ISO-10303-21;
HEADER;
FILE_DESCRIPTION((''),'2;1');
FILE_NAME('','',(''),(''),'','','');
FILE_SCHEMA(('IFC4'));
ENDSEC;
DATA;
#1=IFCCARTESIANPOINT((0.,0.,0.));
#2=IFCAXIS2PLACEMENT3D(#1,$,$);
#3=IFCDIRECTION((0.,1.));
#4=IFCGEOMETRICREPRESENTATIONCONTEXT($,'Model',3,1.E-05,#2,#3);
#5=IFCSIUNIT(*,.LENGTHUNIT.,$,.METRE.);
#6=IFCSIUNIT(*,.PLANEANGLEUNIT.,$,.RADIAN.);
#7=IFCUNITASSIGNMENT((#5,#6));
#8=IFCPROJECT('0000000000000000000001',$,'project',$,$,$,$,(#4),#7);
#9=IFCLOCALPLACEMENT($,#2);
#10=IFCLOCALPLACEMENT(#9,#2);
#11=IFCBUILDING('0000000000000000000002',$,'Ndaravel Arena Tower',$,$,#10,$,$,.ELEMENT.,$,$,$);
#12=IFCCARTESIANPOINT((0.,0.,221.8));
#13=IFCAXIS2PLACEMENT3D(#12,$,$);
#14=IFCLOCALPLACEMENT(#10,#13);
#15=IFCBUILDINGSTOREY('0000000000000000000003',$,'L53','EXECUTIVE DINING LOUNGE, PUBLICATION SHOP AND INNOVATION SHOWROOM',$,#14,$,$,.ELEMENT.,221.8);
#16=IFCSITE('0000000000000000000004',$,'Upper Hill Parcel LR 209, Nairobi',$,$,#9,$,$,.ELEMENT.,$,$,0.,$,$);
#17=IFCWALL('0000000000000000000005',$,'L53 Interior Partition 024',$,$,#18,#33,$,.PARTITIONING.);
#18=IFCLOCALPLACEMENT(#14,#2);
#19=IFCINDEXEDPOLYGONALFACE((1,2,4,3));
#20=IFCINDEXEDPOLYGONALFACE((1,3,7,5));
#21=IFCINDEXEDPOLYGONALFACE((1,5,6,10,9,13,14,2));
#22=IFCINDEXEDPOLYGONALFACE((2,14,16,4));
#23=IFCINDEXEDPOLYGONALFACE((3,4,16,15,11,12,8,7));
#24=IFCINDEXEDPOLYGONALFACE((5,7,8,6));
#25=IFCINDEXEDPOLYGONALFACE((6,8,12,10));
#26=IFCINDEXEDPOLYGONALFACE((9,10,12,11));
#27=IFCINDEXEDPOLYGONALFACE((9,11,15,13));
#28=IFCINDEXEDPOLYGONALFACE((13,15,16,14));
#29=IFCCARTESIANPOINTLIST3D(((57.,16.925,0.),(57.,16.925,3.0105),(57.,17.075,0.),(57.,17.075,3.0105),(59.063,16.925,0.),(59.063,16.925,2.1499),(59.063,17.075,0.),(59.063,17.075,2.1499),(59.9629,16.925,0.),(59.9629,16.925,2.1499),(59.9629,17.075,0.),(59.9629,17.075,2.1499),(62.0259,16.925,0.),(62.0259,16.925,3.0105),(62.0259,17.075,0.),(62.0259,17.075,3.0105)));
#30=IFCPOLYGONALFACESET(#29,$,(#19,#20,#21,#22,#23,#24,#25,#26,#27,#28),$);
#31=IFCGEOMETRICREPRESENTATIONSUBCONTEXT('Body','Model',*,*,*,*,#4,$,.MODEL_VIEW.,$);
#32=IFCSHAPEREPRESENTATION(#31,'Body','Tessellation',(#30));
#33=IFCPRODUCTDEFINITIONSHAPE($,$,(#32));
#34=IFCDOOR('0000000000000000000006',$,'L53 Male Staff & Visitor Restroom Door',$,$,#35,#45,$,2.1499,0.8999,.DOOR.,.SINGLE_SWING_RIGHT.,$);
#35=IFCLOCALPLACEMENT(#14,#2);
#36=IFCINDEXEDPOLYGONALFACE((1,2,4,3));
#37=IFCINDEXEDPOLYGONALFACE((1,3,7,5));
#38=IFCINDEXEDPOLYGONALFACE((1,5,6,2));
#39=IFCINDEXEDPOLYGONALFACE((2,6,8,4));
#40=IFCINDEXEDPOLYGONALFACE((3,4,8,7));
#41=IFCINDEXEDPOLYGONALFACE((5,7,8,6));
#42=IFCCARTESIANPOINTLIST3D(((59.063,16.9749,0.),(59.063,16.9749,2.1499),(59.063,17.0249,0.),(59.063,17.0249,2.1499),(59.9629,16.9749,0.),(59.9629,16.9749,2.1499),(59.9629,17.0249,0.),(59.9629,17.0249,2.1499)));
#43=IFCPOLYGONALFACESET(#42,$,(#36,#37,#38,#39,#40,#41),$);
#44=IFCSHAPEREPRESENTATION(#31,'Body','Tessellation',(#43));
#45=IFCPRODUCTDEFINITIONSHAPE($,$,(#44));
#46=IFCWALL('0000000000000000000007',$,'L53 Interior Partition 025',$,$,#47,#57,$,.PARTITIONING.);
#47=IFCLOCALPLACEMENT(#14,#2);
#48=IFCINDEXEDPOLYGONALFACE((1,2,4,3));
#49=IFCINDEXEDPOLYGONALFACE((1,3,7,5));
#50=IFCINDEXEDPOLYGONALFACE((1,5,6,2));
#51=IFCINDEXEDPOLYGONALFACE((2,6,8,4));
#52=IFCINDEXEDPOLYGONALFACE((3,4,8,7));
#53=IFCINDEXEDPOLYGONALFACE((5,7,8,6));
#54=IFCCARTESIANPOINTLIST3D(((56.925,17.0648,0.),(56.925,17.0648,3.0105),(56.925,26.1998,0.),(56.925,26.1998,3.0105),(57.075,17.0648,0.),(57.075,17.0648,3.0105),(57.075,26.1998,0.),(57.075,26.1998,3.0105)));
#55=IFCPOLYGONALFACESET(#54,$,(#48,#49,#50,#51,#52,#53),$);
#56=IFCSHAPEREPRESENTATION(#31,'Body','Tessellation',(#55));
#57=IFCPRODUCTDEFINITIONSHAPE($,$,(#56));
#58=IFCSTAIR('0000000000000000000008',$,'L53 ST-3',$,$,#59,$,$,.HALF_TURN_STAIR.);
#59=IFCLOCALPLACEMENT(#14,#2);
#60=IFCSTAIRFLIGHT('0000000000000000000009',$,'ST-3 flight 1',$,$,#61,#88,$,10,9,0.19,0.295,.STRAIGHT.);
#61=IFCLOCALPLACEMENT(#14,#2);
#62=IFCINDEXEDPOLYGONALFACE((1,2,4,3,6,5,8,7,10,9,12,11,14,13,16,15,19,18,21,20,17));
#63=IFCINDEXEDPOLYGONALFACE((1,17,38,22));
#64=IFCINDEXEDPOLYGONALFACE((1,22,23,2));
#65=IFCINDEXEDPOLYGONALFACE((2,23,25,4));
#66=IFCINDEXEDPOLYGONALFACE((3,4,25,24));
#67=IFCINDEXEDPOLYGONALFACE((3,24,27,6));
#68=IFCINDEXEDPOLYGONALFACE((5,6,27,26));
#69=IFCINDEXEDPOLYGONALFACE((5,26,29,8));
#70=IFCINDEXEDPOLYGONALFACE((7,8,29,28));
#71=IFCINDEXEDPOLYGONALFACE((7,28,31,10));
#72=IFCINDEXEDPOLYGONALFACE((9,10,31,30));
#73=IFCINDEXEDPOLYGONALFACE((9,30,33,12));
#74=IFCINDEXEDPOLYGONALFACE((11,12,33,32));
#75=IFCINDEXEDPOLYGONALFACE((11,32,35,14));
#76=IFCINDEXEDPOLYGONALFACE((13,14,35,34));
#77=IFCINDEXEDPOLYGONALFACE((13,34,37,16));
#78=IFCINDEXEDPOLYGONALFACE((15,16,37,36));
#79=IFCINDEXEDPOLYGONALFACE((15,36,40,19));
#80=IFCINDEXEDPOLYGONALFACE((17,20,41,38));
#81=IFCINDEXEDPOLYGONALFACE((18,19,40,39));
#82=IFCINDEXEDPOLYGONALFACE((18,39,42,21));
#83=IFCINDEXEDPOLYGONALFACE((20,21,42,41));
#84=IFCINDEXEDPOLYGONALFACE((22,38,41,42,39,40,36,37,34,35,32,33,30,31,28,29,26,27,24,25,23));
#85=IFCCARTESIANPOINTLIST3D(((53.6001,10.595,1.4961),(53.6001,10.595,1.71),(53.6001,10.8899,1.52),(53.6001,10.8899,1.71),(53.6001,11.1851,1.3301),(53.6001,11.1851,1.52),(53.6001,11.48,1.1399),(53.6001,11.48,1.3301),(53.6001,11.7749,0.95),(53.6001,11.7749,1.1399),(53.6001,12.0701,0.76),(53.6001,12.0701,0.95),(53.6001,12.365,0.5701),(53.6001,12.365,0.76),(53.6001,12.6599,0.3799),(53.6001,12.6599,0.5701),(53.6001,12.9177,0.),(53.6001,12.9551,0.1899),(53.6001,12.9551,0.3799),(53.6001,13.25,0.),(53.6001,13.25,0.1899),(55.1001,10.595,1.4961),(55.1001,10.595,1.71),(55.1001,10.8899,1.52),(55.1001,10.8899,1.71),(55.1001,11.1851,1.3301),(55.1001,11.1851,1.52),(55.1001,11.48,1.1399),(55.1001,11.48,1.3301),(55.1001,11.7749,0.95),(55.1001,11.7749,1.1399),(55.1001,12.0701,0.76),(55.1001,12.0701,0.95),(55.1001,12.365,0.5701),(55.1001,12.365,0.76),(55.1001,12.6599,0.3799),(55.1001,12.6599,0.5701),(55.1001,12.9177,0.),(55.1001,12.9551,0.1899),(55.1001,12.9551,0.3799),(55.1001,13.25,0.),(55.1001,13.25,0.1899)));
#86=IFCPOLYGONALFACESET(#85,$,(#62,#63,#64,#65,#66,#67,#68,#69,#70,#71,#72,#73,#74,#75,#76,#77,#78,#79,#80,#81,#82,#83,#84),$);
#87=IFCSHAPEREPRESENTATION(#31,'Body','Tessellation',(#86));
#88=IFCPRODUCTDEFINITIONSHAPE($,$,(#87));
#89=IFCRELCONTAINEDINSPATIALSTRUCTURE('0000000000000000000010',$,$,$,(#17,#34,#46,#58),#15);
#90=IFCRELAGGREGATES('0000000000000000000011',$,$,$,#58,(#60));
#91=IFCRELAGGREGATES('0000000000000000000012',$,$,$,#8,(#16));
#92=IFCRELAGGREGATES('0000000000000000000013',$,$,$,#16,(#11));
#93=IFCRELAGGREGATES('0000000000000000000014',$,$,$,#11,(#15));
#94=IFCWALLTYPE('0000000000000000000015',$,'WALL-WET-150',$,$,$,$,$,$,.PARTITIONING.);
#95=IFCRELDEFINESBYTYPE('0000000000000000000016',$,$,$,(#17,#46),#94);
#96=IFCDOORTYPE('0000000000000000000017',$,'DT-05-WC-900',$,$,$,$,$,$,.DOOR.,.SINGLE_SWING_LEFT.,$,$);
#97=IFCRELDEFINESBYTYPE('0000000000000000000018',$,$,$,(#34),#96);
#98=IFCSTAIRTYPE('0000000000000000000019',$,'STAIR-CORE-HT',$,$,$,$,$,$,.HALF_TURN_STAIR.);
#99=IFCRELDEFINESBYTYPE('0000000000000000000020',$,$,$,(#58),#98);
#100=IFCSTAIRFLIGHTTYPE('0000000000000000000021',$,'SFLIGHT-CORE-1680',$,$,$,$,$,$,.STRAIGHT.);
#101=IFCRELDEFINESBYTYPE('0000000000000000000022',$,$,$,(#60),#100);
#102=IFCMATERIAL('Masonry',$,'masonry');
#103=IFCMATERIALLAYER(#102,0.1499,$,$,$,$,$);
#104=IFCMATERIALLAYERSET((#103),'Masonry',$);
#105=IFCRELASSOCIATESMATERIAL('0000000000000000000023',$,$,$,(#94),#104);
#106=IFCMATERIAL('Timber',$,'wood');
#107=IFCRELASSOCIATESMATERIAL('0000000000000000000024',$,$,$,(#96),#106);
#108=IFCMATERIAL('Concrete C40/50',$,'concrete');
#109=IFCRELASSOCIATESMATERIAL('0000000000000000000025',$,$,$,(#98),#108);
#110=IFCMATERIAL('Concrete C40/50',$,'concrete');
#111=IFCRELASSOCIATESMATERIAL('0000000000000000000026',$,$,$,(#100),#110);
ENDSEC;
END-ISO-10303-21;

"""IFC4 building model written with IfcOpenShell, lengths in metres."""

from ifc_helpers import new_model, si_unit, direction, frame, frame_2d, origin, place, context, subcontext, project, spatial, polyline, rectangle, outline, extrude, material, layer, layer_set, type_object, element, fill, aggregate, save


model = new_model("IFC4")

# Units and contexts
model_context = context("Model", 3, precision=1e-05, world=origin(), true_north=direction((0.0, 1.0)))
body_context = subcontext(model_context, "Body", "Model", "MODEL_VIEW")
ifc_project = project(units=[si_unit("LENGTHUNIT", "METRE"), si_unit("PLANEANGLEUNIT", "RADIAN")], contexts=[model_context])

# Site, building, storey
site_placement = place(None, origin())
site = spatial("IfcSite", under=ifc_project, at=site_placement, Name="Upper Hill Parcel LR 209, Nairobi", CompositionType="ELEMENT", RefElevation=0.0)
building_placement = place(site_placement, origin())
building = spatial("IfcBuilding", under=site, at=building_placement, Name="Ndaravel Arena Tower", CompositionType="ELEMENT")
storey_placement = place(building_placement, frame((0.0, 0.0, 221.8)))
storey = spatial("IfcBuildingStorey", under=building, at=storey_placement, Name="L53", Description="EXECUTIVE DINING LOUNGE, PUBLICATION SHOP AND INNOVATION SHOWROOM", CompositionType="ELEMENT", Elevation=221.8)

# Wall, opening, door
ifc_material_1 = material(Name="Masonry", Category="masonry")
ifc_layer_1 = layer(ifc_material_1, 0.1499)
ifc_layer_set_1 = layer_set([ifc_layer_1], Name="Masonry")
wall_type_1 = type_object("IfcWallType", Name="WALL-WET-150", PredefinedType="PARTITIONING", material=ifc_layer_set_1)
wall_1_placement = place(storey_placement, frame((57.0, 17.0, 0.0), z_axis=(0.0, 0.0, 1.0), x_axis=(1.0, 0.0, 0.0)))
wall_1 = element("IfcWall", 1, at=wall_1_placement, inside=storey, type_object=wall_type_1, Name="L53 Interior Partition 024", PredefinedType="PARTITIONING", context=body_context, shape_type="SweptSolid", body=[
    extrude(rectangle(XDim=5.0259, YDim=0.1499, at=frame_2d((2.5129, 0.0))), origin(), (0.0, 0.0, 1.0), 3.0105),
])
opening_1_placement = place(wall_1_placement, frame((2.063, 0.0, 0.0)))
opening_1 = element("IfcOpeningElement", 2, at=opening_1_placement, cuts=wall_1, PredefinedType="OPENING", context=body_context, shape_type="SweptSolid", body=[
    extrude(rectangle(XDim=0.8999, YDim=2.1499, at=frame_2d((0.45, 1.075))), frame((0.0, 0.075, 0.0), z_axis=(0.0, -1.0, 0.0), x_axis=(1.0, 0.0, 0.0)), (0.0, 0.0, 1.0), 0.1499),
])
ifc_material_2 = material(Name="Timber", Category="wood")
door_type_1 = type_object("IfcDoorType", Name="DT-05-WC-900", OperationType="SINGLE_SWING_LEFT", PredefinedType="DOOR", material=ifc_material_2)
door_1_placement = place(opening_1_placement, origin())
door_1 = element("IfcDoor", 3, at=door_1_placement, inside=storey, type_object=door_type_1, Name="L53 Male Staff & Visitor Restroom Door", OperationType="SINGLE_SWING_RIGHT", OverallHeight=2.1499, OverallWidth=0.8999, PredefinedType="DOOR", context=body_context, shape_type="SweptSolid", body=[
    extrude(rectangle(XDim=0.8999, YDim=2.1499, at=frame_2d((0.45, 1.075))), frame((0.0, 0.0249, 0.0), z_axis=(0.0, -1.0, 0.0), x_axis=(1.0, 0.0, 0.0)), (0.0, 0.0, 1.0), 0.05),
])
fill(opening_1, door_1)

# Wall
wall_2_placement = place(storey_placement, frame((57.0, 17.0649, 0.0), z_axis=(0.0, 0.0, 1.0), x_axis=(0.0, 1.0, 0.0)))
element("IfcWall", 4, at=wall_2_placement, inside=storey, type_object=wall_type_1, Name="L53 Interior Partition 025", PredefinedType="PARTITIONING", context=body_context, shape_type="SweptSolid", body=[
    extrude(rectangle(XDim=9.135, YDim=0.1499, at=frame_2d((4.5674, 0.0))), origin(), (0.0, 0.0, 1.0), 3.0105),
])

# Stair, stair flight
ifc_material_3 = material(Name="Concrete C40/50", Category="concrete")
stair_type = type_object("IfcStairType", Name="STAIR-CORE-HT", PredefinedType="HALF_TURN_STAIR", material=ifc_material_3)
stair_placement = place(storey_placement, origin())
stair = element("IfcStair", 5, at=stair_placement, inside=storey, type_object=stair_type, Name="L53 ST-3", PredefinedType="HALF_TURN_STAIR")
ifc_material_4 = material(Name="Concrete C40/50", Category="concrete")
stair_flight_type = type_object("IfcStairFlightType", Name="SFLIGHT-CORE-1680", PredefinedType="STRAIGHT", material=ifc_material_4)
stair_flight_placement = place(storey_placement, frame((54.3501, 13.25, 0.0), z_axis=(0.0, 0.0, 1.0), x_axis=(0.0, -1.0, 0.0)))
stair_flight = element("IfcStairFlight", 6, at=stair_flight_placement, type_object=stair_flight_type, Name="ST-3 flight 1", NumberOfRisers=10, NumberOfTreads=9, PredefinedType="STRAIGHT", RiserHeight=0.19, TreadLength=0.295, context=body_context, shape_type="SweptSolid", body=[
    extrude(outline(polyline([(0.0, 0.0), (0.0, 0.1899), (0.2949, 0.1899), (0.2949, 0.3799), (0.5901, 0.3799), (0.5901, 0.5701), (0.885, 0.5701), (0.885, 0.76), (1.1799, 0.76), (1.1799, 0.95), (1.4751, 0.95), (1.4751, 1.1399), (1.77, 1.1399), (1.77, 1.3301), (2.0649, 1.3301), (2.0649, 1.52), (2.3601, 1.52), (2.3601, 1.71), (2.655, 1.71), (2.655, 1.8999), (2.655, 1.4961), (0.3323, 0.0), (0.0, 0.0)])), frame((0.0, 0.75, 0.0), z_axis=(0.0, -1.0, 0.0), x_axis=(1.0, 0.0, 0.0)), (0.0, 0.0, 1.0), 1.5),
])
aggregate(stair, [stair_flight])

save(model, "model.ifc")
